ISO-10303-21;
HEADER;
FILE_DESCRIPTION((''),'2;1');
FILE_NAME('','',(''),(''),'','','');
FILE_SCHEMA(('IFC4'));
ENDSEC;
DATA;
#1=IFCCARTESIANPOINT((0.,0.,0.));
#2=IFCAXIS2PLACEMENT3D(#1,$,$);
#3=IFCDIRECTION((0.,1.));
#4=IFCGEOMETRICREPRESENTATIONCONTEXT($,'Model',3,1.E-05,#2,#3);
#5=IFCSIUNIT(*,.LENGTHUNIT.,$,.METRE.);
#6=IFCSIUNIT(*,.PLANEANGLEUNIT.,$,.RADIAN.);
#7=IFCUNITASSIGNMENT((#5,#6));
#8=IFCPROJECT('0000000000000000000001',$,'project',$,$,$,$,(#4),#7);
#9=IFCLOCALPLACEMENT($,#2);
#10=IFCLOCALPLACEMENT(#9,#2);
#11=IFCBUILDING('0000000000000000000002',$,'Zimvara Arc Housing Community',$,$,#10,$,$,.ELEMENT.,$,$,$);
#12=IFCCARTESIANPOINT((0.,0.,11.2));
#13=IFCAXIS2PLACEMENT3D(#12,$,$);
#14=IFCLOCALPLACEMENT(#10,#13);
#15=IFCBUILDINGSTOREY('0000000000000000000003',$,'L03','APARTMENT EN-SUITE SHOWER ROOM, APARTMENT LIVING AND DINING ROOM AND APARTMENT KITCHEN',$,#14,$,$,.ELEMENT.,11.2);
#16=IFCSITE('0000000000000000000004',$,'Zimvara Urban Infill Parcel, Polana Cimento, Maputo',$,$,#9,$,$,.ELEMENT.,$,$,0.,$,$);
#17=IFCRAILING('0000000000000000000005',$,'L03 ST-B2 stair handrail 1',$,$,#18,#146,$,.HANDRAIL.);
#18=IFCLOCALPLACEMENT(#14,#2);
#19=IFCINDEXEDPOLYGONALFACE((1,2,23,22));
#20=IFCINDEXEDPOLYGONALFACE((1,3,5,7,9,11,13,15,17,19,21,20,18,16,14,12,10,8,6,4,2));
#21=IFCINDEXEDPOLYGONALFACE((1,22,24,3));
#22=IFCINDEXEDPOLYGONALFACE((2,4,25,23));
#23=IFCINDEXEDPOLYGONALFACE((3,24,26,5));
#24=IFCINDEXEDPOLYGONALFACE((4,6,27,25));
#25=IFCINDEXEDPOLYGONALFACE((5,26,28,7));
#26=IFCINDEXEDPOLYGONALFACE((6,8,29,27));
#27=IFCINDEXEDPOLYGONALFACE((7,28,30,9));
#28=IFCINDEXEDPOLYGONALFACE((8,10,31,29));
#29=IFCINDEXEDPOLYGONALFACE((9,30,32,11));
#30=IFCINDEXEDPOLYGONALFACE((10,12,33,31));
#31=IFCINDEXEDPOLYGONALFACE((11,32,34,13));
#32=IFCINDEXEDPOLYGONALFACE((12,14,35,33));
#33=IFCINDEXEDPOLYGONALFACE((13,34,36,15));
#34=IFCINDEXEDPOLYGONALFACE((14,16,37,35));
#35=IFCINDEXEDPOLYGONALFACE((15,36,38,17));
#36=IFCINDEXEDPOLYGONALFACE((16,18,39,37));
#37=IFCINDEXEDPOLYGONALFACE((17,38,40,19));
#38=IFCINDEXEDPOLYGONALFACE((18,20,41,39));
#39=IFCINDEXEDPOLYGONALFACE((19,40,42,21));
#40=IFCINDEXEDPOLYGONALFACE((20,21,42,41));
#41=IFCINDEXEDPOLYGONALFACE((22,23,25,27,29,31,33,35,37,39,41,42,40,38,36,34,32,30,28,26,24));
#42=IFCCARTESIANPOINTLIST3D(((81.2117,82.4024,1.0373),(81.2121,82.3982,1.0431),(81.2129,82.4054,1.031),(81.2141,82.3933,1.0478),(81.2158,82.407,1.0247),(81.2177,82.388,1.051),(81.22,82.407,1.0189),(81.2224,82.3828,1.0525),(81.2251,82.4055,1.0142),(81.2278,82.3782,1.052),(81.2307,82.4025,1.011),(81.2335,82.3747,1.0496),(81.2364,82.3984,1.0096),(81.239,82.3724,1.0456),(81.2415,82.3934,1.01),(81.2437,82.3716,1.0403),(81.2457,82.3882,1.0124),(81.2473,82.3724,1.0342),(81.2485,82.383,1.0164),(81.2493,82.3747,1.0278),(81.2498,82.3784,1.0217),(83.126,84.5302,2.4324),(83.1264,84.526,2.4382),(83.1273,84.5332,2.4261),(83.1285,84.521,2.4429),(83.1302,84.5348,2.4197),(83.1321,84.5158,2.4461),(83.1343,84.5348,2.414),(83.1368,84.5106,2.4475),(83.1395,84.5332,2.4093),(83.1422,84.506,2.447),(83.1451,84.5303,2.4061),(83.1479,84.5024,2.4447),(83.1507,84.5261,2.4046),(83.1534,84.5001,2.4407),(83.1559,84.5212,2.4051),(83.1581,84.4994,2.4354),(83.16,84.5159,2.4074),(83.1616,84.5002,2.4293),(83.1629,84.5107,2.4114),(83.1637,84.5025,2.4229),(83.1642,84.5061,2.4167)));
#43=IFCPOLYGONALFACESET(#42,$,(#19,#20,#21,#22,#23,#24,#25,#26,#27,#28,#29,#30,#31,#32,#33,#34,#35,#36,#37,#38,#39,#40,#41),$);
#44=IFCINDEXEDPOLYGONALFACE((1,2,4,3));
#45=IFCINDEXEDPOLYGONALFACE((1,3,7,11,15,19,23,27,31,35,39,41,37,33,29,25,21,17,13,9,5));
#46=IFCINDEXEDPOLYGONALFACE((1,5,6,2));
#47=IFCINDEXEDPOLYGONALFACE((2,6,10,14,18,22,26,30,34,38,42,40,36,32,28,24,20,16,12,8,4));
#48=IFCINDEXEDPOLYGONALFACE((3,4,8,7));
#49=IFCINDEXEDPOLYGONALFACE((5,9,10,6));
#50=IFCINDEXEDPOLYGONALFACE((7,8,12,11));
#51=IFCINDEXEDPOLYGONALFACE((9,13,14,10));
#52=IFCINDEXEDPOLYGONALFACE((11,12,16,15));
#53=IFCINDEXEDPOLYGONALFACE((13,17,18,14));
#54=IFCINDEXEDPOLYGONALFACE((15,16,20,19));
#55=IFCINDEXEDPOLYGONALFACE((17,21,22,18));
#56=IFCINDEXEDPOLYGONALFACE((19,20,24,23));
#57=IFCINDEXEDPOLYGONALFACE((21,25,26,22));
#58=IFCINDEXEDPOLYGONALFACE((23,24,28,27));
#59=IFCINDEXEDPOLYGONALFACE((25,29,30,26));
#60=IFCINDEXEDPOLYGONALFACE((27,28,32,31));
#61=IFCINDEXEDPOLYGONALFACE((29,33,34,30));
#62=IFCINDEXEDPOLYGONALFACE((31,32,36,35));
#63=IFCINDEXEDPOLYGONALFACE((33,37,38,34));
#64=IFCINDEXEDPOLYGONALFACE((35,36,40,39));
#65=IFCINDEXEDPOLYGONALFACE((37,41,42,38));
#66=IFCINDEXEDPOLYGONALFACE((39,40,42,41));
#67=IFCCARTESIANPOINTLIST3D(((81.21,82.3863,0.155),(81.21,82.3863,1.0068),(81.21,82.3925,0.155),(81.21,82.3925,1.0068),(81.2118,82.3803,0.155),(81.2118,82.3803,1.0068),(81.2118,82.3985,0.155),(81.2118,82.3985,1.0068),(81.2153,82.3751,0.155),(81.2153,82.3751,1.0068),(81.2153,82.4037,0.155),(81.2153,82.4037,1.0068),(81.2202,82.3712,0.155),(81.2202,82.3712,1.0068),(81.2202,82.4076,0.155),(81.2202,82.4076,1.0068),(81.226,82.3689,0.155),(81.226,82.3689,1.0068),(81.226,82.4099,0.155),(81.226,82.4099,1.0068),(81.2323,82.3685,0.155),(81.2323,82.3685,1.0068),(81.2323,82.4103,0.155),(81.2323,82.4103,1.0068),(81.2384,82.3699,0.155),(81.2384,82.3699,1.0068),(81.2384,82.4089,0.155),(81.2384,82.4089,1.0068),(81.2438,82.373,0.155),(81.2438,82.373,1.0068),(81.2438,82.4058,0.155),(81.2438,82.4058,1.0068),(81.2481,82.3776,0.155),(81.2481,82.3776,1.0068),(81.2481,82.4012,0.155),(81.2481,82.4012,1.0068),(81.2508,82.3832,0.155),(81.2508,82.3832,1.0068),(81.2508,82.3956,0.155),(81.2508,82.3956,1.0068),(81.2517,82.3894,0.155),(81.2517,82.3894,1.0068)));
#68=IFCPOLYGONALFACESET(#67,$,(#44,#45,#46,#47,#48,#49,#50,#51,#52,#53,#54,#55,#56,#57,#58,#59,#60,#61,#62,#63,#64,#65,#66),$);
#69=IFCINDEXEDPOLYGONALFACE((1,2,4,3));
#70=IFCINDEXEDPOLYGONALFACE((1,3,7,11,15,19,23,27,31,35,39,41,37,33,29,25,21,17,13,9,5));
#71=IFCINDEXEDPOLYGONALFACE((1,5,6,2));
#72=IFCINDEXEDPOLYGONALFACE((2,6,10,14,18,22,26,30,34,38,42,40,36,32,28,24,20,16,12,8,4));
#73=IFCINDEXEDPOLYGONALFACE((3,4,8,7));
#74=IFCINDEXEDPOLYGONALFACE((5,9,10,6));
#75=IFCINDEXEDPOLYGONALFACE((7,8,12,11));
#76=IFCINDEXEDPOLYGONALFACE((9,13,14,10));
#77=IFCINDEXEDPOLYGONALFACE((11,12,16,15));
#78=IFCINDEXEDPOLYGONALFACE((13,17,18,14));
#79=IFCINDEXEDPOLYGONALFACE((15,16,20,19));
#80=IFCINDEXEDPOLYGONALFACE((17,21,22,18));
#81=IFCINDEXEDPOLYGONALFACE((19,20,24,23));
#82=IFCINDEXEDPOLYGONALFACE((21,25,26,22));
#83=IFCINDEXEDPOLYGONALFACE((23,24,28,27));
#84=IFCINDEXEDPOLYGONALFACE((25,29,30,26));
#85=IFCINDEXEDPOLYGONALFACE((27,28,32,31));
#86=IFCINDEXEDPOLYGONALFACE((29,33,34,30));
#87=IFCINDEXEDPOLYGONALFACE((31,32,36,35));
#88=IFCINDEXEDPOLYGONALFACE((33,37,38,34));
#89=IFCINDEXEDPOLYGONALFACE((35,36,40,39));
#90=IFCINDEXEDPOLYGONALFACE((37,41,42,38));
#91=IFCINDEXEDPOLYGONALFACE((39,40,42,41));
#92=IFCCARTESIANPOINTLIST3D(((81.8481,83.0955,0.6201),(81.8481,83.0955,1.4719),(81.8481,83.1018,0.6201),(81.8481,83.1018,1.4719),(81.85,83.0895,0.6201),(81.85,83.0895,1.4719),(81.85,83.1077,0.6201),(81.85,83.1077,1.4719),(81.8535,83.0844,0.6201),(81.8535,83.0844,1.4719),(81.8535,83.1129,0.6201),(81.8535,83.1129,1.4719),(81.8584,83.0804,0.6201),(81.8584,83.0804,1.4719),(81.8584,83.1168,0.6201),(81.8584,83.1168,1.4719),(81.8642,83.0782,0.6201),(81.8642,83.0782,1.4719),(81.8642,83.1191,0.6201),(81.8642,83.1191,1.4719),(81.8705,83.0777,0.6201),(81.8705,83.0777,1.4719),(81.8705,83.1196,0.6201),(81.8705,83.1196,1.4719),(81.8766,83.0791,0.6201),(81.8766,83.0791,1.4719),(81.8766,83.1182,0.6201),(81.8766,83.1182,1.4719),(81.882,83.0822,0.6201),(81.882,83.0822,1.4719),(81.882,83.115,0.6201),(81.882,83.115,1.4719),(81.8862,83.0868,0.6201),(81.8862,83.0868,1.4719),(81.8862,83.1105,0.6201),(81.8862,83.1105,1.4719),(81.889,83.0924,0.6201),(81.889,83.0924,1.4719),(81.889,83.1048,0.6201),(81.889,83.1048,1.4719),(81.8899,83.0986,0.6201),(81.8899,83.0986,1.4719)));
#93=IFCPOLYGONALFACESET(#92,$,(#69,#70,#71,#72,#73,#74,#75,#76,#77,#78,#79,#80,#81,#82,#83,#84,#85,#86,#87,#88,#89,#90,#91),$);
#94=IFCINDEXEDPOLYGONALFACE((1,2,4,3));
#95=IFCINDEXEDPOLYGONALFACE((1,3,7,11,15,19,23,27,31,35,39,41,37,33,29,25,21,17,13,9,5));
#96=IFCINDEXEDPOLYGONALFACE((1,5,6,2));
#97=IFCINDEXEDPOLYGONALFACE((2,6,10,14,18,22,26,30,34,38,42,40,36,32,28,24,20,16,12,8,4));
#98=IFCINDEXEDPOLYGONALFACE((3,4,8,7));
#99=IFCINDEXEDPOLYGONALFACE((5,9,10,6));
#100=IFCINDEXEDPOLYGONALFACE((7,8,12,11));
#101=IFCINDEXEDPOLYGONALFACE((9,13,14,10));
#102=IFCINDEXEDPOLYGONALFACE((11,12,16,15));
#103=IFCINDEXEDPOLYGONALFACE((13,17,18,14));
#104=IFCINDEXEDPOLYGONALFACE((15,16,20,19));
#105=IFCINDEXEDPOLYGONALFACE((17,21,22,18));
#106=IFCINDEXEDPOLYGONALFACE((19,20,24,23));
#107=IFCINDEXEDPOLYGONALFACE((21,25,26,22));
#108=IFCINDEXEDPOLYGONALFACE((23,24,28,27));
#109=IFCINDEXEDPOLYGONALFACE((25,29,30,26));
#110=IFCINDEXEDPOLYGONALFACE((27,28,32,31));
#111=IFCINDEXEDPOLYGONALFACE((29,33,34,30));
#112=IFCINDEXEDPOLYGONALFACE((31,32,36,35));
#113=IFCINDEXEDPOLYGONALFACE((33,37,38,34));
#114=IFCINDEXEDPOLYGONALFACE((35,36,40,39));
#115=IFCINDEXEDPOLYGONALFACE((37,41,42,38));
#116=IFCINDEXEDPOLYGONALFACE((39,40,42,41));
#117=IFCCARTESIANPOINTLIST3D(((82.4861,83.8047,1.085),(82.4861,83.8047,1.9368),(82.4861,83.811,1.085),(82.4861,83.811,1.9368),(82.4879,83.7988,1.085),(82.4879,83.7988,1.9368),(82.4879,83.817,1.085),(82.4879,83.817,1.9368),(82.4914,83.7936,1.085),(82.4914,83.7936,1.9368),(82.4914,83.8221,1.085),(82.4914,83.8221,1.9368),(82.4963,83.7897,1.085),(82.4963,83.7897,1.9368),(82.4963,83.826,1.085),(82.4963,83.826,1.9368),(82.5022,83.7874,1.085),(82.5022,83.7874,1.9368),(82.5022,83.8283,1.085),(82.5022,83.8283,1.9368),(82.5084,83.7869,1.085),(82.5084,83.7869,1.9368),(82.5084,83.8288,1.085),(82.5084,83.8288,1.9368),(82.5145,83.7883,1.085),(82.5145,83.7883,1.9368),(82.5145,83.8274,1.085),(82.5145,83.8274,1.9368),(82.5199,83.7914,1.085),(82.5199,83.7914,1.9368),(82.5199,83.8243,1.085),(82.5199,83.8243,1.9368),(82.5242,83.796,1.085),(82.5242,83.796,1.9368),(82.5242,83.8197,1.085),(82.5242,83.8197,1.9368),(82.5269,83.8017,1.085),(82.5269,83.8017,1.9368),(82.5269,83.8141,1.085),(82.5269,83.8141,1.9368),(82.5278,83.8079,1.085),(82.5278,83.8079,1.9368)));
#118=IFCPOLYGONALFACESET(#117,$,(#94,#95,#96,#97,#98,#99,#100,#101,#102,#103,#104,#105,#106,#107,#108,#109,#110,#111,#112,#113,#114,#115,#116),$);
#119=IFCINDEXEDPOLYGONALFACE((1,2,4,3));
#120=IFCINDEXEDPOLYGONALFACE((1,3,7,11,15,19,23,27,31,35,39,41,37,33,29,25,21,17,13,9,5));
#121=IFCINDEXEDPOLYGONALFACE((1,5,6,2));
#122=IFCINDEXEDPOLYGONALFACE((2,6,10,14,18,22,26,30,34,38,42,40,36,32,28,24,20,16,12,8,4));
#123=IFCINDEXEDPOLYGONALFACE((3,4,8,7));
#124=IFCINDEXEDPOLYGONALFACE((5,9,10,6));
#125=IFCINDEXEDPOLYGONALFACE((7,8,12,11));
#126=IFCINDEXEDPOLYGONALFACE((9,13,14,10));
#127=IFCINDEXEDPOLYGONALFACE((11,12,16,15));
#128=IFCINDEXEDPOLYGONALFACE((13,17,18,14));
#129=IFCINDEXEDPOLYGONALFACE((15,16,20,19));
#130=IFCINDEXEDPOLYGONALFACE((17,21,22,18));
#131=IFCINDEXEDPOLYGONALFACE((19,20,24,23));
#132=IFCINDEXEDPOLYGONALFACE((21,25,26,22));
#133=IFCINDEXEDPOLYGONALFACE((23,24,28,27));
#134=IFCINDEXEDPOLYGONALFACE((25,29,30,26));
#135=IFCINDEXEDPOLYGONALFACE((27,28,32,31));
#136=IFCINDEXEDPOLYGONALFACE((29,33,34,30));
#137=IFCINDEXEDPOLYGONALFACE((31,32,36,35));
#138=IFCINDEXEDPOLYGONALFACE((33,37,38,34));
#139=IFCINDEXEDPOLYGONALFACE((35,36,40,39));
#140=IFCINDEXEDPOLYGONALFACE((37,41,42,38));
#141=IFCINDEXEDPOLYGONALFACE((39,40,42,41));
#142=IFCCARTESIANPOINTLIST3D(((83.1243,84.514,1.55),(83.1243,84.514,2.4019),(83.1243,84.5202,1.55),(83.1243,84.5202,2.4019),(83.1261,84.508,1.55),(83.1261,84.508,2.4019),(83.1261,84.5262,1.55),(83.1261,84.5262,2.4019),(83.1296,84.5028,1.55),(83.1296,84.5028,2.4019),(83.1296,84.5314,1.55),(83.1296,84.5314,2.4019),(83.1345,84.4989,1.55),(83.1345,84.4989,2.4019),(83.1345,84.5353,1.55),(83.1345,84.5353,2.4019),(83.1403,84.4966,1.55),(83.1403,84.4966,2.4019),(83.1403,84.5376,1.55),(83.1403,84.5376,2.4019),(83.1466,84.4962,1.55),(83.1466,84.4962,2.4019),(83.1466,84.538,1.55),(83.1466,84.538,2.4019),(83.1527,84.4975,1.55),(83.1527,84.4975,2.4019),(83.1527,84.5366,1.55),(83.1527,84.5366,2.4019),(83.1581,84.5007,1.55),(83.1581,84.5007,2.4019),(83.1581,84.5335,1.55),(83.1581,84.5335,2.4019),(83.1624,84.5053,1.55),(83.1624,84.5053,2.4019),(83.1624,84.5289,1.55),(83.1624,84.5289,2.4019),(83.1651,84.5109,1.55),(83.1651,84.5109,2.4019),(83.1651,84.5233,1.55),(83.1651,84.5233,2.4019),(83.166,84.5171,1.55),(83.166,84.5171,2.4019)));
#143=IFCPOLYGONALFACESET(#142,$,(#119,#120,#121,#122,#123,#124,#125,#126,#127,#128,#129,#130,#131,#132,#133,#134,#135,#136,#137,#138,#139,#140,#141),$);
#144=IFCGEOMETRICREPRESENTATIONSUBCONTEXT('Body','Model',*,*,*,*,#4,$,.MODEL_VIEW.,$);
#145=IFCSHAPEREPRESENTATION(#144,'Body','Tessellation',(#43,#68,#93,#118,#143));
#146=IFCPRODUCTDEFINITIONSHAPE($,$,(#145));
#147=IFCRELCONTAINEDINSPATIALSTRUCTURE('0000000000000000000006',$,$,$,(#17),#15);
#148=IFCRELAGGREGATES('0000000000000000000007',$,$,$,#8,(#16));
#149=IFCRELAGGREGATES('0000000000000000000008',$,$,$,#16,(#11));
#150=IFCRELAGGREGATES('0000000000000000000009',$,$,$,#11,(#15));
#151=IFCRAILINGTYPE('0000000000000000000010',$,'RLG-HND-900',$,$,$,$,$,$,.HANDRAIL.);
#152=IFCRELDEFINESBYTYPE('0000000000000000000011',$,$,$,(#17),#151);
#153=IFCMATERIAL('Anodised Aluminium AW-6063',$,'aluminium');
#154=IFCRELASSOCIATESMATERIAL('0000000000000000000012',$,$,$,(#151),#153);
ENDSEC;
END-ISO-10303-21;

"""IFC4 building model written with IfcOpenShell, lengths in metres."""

from ifc_helpers import new_model, si_unit, direction, frame, origin, origin_2d, place, context, subcontext, project, spatial, circle, extrude, material, type_object, element, save


model = new_model("IFC4")

# Units and contexts
model_context = context("Model", 3, precision=1e-05, world=origin(), true_north=direction((0.0, 1.0)))
body_context = subcontext(model_context, "Body", "Model", "MODEL_VIEW")
ifc_project = project(units=[si_unit("LENGTHUNIT", "METRE"), si_unit("PLANEANGLEUNIT", "RADIAN")], contexts=[model_context])

# Site, building, storey
site_placement = place(None, origin())
site = spatial("IfcSite", under=ifc_project, at=site_placement, Name="Zimvara Urban Infill Parcel, Polana Cimento, Maputo", CompositionType="ELEMENT", RefElevation=0.0)
building_placement = place(site_placement, origin())
building = spatial("IfcBuilding", under=site, at=building_placement, Name="Zimvara Arc Housing Community", CompositionType="ELEMENT")
storey_placement = place(building_placement, frame((0.0, 0.0, 11.2)))
storey = spatial("IfcBuildingStorey", under=building, at=storey_placement, Name="L03", Description="APARTMENT EN-SUITE SHOWER ROOM, APARTMENT LIVING AND DINING ROOM AND APARTMENT KITCHEN", CompositionType="ELEMENT", Elevation=11.2)

# Railing
ifc_material_1 = material(Name="Anodised Aluminium AW-6063", Category="aluminium")
railing_type_1 = type_object("IfcRailingType", Name="RLG-HND-900", PredefinedType="HANDRAIL", material=ifc_material_1)
railing_1_placement = place(storey_placement, frame((81.2307, 82.3894, 0.155)))
element("IfcRailing", 1, at=railing_1_placement, inside=storey, type_object=railing_type_1, Name="L03 ST-B2 stair handrail 1", PredefinedType="HANDRAIL", context=body_context, shape_type="SweptSolid", body=[
    extrude(circle(Radius=0.0239, at=origin_2d()), frame((0.0, 0.0, 0.876), z_axis=(0.601232, 0.668248, 0.438138), x_axis=(-0.7434, 0.668847, 0.0)), (0.0, 0.0, 1.0), 3.1841),
    extrude(circle(Radius=0.021, at=origin_2d()), origin(), (0.0, 0.0, 1.0), 0.8518),
    extrude(circle(Radius=0.021, at=origin_2d()), frame((0.6382, 0.7092, 0.4651)), (0.0, 0.0, 1.0), 0.8518),
    extrude(circle(Radius=0.021, at=origin_2d()), frame((1.2761, 1.4185, 0.9299)), (0.0, 0.0, 1.0), 0.8518),
    extrude(circle(Radius=0.021, at=origin_2d()), frame((1.9143, 2.1277, 1.395)), (0.0, 0.0, 1.0), 0.8518),
])

save(model, "model.ifc")
